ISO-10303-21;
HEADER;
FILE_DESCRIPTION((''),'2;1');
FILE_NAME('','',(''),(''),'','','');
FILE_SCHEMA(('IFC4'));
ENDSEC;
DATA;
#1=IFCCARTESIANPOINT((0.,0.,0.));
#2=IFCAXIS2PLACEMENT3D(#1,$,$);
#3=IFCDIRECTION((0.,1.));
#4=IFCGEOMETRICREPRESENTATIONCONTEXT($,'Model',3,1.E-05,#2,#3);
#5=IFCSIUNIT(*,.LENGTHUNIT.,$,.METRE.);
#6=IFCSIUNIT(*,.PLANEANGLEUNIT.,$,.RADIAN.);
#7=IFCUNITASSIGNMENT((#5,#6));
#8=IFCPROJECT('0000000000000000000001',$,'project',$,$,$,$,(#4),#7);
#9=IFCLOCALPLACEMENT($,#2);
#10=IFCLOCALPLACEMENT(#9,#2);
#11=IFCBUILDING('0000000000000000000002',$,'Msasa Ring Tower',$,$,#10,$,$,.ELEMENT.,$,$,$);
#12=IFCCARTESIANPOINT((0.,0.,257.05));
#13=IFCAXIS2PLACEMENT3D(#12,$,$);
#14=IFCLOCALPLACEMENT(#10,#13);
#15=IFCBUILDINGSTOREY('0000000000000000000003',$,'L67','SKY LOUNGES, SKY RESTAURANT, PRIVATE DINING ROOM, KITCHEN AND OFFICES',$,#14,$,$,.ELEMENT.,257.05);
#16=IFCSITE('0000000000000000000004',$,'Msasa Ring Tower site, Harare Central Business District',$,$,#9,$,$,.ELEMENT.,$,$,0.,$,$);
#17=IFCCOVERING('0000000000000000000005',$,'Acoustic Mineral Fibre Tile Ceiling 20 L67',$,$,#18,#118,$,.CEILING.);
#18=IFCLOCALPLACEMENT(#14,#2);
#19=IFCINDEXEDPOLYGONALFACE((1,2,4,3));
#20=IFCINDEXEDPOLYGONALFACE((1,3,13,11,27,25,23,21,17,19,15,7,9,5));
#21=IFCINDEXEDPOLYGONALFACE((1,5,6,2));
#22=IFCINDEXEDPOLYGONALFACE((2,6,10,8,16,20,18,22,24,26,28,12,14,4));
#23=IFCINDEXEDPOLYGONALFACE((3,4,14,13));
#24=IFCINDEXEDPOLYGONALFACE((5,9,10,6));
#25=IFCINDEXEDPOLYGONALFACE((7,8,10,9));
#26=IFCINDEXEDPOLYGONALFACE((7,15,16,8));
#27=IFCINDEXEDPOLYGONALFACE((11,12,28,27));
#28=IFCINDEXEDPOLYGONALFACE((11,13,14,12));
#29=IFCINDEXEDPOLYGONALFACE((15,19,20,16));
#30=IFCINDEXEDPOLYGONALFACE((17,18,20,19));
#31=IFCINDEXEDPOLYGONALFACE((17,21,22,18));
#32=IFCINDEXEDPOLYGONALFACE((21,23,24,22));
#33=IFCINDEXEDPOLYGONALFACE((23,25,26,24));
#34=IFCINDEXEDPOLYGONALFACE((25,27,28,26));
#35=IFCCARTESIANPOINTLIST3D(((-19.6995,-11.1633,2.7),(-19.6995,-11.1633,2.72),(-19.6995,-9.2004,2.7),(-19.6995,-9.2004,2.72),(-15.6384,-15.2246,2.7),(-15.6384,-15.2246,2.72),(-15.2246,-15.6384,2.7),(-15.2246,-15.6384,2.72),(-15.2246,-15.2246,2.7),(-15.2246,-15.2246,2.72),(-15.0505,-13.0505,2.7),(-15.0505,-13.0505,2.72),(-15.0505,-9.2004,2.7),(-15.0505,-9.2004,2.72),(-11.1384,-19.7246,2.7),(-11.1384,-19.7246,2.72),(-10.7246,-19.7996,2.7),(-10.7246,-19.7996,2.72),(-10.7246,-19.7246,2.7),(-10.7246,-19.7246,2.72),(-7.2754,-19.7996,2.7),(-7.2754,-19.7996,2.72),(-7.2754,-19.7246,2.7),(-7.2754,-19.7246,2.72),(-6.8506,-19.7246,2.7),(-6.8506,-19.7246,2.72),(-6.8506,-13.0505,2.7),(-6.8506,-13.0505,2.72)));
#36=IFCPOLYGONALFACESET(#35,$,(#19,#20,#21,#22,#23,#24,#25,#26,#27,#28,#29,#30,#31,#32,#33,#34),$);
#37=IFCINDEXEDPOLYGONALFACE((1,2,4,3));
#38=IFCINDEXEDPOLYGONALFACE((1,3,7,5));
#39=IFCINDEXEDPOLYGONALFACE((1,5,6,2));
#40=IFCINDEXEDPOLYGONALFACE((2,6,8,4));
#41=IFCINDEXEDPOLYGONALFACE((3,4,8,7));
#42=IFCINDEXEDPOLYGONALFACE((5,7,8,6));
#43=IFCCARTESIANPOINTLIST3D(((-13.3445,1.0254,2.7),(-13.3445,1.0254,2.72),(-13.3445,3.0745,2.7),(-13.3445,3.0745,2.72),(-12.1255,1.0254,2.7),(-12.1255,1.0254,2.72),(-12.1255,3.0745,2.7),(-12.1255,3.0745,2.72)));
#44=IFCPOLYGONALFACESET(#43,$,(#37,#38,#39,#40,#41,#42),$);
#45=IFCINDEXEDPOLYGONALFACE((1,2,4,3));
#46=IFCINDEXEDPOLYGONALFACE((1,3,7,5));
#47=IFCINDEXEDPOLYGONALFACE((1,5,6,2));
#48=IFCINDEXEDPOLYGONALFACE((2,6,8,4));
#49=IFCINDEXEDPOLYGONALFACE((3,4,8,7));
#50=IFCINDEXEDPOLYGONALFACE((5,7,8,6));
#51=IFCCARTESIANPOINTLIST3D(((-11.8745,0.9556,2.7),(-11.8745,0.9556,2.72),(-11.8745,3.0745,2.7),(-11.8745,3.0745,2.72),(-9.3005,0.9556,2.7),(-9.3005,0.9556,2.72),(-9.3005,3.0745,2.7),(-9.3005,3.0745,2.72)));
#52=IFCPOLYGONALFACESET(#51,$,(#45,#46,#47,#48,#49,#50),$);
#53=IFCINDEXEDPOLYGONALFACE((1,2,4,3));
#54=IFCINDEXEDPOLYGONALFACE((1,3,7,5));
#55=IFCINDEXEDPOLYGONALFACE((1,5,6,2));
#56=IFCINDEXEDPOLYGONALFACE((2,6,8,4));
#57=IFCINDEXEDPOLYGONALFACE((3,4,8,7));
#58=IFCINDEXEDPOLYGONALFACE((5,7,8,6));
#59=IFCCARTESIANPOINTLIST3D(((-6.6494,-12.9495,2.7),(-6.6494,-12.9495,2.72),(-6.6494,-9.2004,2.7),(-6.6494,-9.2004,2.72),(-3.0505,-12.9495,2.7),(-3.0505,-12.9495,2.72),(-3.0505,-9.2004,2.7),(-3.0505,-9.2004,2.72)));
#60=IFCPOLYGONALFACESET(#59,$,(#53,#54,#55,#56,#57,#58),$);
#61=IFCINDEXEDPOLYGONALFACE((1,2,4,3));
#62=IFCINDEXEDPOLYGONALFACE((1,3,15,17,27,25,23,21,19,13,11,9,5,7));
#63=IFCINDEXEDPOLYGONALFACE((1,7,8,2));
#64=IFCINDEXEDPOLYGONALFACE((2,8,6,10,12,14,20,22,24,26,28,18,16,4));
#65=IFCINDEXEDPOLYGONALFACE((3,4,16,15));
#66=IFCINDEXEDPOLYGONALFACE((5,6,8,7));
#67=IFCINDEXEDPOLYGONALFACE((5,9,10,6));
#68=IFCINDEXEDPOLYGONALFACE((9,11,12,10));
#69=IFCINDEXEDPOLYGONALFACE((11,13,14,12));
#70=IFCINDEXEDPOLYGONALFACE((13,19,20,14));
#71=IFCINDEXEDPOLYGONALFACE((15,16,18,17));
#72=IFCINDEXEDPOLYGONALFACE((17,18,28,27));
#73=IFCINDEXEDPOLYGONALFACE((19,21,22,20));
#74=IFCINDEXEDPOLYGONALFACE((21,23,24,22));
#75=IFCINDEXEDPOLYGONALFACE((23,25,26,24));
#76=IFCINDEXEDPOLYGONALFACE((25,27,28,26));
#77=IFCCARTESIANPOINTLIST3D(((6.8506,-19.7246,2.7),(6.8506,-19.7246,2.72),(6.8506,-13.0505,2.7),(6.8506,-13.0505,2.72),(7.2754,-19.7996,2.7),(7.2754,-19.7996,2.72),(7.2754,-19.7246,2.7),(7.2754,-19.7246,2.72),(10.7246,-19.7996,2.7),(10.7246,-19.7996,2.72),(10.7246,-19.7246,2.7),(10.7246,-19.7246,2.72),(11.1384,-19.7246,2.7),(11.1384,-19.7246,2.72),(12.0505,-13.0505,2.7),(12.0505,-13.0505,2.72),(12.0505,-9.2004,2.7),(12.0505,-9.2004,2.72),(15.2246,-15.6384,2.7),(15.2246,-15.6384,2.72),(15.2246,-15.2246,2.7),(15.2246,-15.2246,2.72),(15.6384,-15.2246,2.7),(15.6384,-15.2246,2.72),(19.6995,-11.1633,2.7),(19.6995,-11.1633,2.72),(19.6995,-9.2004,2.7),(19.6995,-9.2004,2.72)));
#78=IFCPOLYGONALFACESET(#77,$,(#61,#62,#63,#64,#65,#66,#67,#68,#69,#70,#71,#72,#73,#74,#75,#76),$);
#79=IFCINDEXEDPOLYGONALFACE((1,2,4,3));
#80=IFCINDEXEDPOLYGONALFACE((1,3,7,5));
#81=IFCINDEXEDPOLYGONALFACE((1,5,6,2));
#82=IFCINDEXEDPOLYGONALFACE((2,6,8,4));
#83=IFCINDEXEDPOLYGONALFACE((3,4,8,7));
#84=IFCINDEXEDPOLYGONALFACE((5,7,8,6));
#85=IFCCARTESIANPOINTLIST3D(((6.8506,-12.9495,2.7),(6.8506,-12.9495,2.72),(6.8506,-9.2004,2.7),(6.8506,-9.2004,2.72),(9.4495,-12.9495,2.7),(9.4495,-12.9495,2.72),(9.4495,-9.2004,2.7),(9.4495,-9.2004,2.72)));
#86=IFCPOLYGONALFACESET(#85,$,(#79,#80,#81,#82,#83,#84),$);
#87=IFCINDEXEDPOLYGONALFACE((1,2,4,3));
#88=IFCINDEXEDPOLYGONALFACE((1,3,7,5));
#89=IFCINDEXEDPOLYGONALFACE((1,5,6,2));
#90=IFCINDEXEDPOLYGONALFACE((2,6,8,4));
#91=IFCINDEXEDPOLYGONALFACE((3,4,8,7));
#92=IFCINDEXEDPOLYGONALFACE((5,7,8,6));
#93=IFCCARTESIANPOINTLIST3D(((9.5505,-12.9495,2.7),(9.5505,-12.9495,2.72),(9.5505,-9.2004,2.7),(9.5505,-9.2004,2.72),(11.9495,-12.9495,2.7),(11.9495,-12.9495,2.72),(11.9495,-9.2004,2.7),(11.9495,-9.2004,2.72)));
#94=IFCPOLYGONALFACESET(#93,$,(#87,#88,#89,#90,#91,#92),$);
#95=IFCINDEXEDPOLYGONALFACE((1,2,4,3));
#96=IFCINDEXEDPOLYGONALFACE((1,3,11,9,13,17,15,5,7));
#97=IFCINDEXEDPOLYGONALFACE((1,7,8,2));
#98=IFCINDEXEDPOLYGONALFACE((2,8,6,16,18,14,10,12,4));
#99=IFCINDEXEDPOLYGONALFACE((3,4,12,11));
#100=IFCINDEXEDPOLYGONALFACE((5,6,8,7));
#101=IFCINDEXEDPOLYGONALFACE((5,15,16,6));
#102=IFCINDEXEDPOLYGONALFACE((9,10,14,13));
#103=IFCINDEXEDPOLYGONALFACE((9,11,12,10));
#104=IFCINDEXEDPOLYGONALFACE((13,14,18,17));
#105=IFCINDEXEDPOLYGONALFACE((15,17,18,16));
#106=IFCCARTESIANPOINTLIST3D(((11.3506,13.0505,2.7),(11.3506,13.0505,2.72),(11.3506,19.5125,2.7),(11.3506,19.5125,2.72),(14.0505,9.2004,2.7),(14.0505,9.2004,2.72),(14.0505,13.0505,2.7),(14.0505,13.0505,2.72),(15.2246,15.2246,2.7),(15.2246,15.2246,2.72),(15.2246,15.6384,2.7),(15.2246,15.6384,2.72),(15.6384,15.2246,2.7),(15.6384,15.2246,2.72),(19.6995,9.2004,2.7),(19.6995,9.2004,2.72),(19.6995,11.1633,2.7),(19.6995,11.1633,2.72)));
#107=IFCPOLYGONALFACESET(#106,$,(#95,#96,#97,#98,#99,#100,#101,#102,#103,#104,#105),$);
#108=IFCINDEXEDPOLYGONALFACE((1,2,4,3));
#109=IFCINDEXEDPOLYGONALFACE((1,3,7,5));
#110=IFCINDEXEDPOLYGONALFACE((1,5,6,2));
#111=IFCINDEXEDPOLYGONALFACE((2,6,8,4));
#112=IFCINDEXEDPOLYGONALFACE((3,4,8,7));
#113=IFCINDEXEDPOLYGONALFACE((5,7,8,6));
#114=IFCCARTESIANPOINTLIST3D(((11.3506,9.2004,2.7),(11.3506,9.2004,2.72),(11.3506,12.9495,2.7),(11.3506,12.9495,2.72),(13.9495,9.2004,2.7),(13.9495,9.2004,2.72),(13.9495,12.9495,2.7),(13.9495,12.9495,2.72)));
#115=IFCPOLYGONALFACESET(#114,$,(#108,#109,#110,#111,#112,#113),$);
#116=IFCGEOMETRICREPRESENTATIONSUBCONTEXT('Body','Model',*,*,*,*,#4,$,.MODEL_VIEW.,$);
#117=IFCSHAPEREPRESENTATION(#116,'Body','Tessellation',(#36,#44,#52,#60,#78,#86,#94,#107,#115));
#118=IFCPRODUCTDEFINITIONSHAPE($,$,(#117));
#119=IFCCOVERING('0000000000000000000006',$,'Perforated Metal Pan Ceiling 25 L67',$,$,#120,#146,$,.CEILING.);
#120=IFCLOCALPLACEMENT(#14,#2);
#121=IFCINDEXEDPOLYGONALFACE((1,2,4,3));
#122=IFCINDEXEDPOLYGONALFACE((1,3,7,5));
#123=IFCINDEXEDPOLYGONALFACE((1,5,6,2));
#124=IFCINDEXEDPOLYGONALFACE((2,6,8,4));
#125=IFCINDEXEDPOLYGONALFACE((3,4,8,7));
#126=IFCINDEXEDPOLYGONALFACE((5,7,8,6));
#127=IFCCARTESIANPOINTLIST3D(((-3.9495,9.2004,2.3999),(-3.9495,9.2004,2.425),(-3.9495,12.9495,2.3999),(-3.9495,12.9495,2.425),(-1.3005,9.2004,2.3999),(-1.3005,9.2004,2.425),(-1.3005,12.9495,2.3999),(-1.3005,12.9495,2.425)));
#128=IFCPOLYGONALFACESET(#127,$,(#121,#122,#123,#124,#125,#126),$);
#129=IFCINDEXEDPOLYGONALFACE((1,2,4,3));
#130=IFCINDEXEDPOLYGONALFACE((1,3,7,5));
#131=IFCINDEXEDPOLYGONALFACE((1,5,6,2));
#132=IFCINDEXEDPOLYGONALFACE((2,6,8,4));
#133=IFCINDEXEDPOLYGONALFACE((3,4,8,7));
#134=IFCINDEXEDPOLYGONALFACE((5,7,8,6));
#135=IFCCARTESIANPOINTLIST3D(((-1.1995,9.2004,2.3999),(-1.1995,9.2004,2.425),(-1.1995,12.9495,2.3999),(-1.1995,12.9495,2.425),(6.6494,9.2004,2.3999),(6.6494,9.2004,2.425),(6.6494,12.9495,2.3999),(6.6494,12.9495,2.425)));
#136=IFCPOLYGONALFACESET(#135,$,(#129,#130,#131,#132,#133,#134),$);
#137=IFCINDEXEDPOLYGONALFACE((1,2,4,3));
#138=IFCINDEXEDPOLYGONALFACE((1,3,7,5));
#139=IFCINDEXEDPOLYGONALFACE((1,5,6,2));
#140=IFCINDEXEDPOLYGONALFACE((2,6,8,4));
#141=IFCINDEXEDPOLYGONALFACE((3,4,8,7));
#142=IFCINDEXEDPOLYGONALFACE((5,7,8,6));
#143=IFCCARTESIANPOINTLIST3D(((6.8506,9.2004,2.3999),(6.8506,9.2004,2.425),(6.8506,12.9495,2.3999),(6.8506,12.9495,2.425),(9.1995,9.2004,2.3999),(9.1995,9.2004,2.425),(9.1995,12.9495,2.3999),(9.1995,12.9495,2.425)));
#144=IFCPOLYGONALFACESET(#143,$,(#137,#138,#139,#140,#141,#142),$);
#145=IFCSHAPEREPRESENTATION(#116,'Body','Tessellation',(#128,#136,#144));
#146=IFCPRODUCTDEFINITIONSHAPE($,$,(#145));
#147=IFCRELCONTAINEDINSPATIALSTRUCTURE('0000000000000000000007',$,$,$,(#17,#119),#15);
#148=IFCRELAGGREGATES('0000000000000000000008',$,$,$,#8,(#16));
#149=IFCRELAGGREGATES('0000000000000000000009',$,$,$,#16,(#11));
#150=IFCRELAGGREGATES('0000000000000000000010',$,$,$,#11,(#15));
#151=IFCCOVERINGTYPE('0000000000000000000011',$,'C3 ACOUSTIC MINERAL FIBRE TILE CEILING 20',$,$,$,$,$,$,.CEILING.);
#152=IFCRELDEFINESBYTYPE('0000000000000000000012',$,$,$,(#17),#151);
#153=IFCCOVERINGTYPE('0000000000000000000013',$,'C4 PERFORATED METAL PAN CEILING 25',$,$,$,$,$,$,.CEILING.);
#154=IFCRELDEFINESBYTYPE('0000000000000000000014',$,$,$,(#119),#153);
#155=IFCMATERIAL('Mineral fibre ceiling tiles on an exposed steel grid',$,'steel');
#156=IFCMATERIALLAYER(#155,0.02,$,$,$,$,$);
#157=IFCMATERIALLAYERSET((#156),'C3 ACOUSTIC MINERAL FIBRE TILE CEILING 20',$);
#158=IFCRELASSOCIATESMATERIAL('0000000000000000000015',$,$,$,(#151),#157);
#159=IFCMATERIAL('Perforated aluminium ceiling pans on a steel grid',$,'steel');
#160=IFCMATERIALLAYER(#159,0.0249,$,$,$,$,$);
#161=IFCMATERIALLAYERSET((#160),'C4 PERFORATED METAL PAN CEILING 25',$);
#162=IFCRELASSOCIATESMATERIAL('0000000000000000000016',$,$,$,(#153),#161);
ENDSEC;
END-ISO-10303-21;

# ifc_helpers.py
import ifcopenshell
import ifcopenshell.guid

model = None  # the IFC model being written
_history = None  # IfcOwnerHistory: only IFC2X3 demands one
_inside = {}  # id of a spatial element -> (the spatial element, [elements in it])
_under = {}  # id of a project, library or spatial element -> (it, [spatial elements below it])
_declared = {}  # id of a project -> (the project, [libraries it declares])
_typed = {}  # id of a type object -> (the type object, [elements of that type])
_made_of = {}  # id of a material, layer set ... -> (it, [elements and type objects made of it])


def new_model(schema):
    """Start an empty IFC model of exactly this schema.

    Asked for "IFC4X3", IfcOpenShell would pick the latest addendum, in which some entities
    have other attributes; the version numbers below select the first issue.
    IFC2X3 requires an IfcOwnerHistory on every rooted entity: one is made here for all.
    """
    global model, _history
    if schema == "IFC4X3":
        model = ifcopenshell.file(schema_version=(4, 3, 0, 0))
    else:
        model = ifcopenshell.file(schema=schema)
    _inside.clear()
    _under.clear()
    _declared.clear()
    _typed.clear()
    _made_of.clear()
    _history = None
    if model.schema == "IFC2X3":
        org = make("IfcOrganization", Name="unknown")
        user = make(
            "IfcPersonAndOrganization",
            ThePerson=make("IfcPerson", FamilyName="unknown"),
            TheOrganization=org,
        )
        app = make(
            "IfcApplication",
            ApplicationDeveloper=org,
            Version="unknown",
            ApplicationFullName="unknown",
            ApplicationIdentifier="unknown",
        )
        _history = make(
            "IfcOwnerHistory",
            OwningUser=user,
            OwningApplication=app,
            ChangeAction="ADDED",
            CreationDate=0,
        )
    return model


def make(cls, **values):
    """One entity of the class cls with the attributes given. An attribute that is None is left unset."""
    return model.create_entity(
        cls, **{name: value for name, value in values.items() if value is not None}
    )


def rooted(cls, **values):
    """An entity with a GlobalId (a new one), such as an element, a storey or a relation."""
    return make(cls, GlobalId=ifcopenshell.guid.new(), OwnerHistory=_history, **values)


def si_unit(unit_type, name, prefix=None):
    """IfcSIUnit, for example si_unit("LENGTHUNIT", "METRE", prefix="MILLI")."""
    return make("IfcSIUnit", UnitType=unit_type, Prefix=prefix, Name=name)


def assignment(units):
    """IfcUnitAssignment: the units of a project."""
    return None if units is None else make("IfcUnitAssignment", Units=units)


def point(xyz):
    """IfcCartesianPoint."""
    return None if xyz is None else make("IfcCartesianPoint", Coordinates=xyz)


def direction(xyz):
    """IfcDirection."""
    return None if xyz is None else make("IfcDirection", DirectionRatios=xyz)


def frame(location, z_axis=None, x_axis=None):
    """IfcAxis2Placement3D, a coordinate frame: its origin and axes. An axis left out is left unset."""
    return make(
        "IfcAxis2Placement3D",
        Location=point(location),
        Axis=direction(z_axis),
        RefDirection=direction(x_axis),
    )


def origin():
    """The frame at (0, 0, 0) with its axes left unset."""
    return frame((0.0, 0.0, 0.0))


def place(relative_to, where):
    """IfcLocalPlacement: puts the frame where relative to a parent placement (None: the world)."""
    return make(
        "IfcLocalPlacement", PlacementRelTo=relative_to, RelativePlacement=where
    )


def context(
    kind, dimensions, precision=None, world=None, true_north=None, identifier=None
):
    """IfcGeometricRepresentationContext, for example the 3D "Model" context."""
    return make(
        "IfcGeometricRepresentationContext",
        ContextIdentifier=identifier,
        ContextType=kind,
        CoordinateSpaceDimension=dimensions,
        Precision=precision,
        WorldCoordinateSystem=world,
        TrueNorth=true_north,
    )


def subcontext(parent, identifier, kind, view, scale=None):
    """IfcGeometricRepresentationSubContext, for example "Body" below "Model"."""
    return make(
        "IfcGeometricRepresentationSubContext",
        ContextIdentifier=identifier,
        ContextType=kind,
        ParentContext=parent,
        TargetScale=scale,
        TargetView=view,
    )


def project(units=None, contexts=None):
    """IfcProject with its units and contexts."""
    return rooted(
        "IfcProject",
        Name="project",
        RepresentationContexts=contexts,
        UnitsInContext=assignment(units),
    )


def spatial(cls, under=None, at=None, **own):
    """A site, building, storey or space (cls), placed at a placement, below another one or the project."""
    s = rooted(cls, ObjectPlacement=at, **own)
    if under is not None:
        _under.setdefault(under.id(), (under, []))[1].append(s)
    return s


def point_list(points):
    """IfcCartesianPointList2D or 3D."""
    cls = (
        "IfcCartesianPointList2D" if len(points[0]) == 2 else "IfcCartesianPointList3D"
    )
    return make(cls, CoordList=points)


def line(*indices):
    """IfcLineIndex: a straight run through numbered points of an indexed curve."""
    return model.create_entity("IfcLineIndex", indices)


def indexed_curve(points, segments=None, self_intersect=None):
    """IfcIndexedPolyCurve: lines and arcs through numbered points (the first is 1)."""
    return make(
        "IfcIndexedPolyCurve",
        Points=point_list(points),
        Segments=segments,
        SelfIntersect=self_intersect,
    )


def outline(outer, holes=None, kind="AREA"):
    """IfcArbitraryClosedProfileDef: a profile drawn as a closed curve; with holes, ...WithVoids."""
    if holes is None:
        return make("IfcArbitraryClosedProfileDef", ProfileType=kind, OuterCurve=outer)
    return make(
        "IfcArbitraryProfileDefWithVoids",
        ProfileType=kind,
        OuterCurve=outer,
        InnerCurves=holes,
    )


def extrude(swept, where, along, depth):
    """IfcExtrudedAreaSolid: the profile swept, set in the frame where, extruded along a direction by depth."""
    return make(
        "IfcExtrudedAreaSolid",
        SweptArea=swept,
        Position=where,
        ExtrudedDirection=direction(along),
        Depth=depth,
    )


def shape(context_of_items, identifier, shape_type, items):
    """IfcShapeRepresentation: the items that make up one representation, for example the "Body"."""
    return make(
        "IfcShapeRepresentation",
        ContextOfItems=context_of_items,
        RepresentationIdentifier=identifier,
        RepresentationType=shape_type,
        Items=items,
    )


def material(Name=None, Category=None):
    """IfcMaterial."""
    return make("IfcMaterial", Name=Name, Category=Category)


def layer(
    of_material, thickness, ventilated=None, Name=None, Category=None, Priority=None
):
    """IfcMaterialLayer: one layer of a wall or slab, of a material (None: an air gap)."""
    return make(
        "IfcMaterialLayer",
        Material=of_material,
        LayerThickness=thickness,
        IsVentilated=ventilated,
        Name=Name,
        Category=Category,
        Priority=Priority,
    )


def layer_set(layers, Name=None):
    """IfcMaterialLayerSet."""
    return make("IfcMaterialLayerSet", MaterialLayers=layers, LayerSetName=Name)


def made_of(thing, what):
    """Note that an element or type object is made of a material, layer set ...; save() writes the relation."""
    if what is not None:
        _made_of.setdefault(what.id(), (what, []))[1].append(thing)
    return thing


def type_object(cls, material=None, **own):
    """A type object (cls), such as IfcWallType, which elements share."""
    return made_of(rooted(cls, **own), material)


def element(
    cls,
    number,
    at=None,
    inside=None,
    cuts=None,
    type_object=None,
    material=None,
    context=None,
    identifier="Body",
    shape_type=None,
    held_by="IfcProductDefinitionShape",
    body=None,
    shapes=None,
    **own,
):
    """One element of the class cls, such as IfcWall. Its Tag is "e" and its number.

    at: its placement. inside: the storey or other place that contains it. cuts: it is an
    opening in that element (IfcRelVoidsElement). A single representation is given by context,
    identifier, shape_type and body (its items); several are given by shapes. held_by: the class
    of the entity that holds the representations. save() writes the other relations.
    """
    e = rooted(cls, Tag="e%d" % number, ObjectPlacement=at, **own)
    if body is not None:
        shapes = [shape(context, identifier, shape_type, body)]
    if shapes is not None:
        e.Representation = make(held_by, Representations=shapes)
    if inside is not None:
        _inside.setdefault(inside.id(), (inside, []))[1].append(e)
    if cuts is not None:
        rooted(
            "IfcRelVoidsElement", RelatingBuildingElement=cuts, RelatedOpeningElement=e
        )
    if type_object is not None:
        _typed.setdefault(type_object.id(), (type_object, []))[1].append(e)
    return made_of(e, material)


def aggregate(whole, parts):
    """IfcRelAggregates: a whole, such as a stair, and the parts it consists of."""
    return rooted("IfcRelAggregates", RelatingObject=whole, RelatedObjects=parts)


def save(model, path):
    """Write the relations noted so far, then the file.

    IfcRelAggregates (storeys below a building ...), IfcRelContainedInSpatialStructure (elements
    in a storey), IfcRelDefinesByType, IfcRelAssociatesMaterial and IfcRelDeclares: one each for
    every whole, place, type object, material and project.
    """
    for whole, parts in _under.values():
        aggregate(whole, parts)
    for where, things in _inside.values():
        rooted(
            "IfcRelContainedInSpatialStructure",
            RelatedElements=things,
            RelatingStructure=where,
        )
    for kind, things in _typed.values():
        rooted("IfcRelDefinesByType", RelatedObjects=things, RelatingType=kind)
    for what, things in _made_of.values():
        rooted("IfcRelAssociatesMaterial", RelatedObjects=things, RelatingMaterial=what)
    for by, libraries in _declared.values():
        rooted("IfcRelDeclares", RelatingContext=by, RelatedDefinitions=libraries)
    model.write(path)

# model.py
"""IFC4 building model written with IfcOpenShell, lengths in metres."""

from ifc_helpers import new_model, si_unit, direction, frame, origin, place, context, subcontext, project, spatial, line, indexed_curve, outline, extrude, material, layer, layer_set, type_object, element, save


model = new_model("IFC4")

# Units and contexts
model_context = context("Model", 3, precision=1e-05, world=origin(), true_north=direction((0.0, 1.0)))
body_context = subcontext(model_context, "Body", "Model", "MODEL_VIEW")
ifc_project = project(units=[si_unit("LENGTHUNIT", "METRE"), si_unit("PLANEANGLEUNIT", "RADIAN")], contexts=[model_context])

# Site, building, storey
site_placement = place(None, origin())
site = spatial("IfcSite", under=ifc_project, at=site_placement, Name="Msasa Ring Tower site, Harare Central Business District", CompositionType="ELEMENT", RefElevation=0.0)
building_placement = place(site_placement, origin())
building = spatial("IfcBuilding", under=site, at=building_placement, Name="Msasa Ring Tower", CompositionType="ELEMENT")
storey_placement = place(building_placement, frame((0.0, 0.0, 257.05)))
storey = spatial("IfcBuildingStorey", under=building, at=storey_placement, Name="L67", Description="SKY LOUNGES, SKY RESTAURANT, PRIVATE DINING ROOM, KITCHEN AND OFFICES", CompositionType="ELEMENT", Elevation=257.05)

# Coverings
ifc_material_1 = material(Name="Mineral fibre ceiling tiles on an exposed steel grid", Category="steel")
ifc_layer_1 = layer(ifc_material_1, 0.02)
ifc_layer_set_1 = layer_set([ifc_layer_1], Name="C3 ACOUSTIC MINERAL FIBRE TILE CEILING 20")
covering_type_1 = type_object("IfcCoveringType", Name="C3 ACOUSTIC MINERAL FIBRE TILE CEILING 20", PredefinedType="CEILING", material=ifc_layer_set_1)
covering_1_placement = place(storey_placement, frame((0.0, 0.0, 2.7)))
element("IfcCovering", 1, at=covering_1_placement, inside=storey, type_object=covering_type_1, Name="Acoustic Mineral Fibre Tile Ceiling 20 L67", PredefinedType="CEILING", context=body_context, shape_type="SweptSolid", body=[
    extrude(outline(indexed_curve([(-10.7246, -19.7996), (-10.7246, -19.7246), (-11.1384, -19.7246), (-15.2246, -15.6384), (-15.2246, -15.2246), (-15.6384, -15.2246), (-19.6995, -11.1633), (-19.6995, -9.2004), (-15.0505, -9.2004), (-15.0505, -13.0505), (-6.8506, -13.0505), (-6.8506, -19.7246), (-7.2754, -19.7246), (-7.2754, -19.7996)], segments=[line(1, 2, 3, 4, 5, 6, 7, 8, 9, 10, 11, 12, 13, 14, 1)], self_intersect=False)), origin(), (0.0, 0.0, 1.0), 0.02),
    extrude(outline(indexed_curve([(-13.3445, 3.0745), (-12.1255, 3.0745), (-12.1255, 1.0254), (-13.3445, 1.0254)], segments=[line(1, 2, 3, 4, 1)], self_intersect=False)), origin(), (0.0, 0.0, 1.0), 0.02),
    extrude(outline(indexed_curve([(-11.8745, 0.9556), (-11.8745, 3.0745), (-9.3005, 3.0745), (-9.3005, 0.9556)], segments=[line(1, 2, 3, 4, 1)], self_intersect=False)), origin(), (0.0, 0.0, 1.0), 0.02),
    extrude(outline(indexed_curve([(-6.6494, -12.9495), (-6.6494, -9.2004), (-3.0505, -9.2004), (-3.0505, -12.9495)], segments=[line(1, 2, 3, 4, 1)], self_intersect=False)), origin(), (0.0, 0.0, 1.0), 0.02),
    extrude(outline(indexed_curve([(12.0505, -13.0505), (12.0505, -9.2004), (19.6995, -9.2004), (19.6995, -11.1633), (15.6384, -15.2246), (15.2246, -15.2246), (15.2246, -15.6384), (11.1384, -19.7246), (10.7246, -19.7246), (10.7246, -19.7996), (7.2754, -19.7996), (7.2754, -19.7246), (6.8506, -19.7246), (6.8506, -13.0505)], segments=[line(1, 2, 3, 4, 5, 6, 7, 8, 9, 10, 11, 12, 13, 14, 1)], self_intersect=False)), origin(), (0.0, 0.0, 1.0), 0.02),
    extrude(outline(indexed_curve([(6.8506, -12.9495), (6.8506, -9.2004), (9.4495, -9.2004), (9.4495, -12.9495)], segments=[line(1, 2, 3, 4, 1)], self_intersect=False)), origin(), (0.0, 0.0, 1.0), 0.02),
    extrude(outline(indexed_curve([(9.5505, -12.9495), (9.5505, -9.2004), (11.9495, -9.2004), (11.9495, -12.9495)], segments=[line(1, 2, 3, 4, 1)], self_intersect=False)), origin(), (0.0, 0.0, 1.0), 0.02),
    extrude(outline(indexed_curve([(15.2246, 15.6384), (15.2246, 15.2246), (15.6384, 15.2246), (19.6995, 11.1633), (19.6995, 9.2004), (14.0505, 9.2004), (14.0505, 13.0505), (11.3506, 13.0505), (11.3506, 19.5125)], segments=[line(1, 2, 3, 4, 5, 6, 7, 8, 9, 1)], self_intersect=False)), origin(), (0.0, 0.0, 1.0), 0.02),
    extrude(outline(indexed_curve([(11.3506, 12.9495), (13.9495, 12.9495), (13.9495, 9.2004), (11.3506, 9.2004)], segments=[line(1, 2, 3, 4, 1)], self_intersect=False)), origin(), (0.0, 0.0, 1.0), 0.02),
])
ifc_material_2 = material(Name="Perforated aluminium ceiling pans on a steel grid", Category="steel")
ifc_layer_2 = layer(ifc_material_2, 0.0249)
ifc_layer_set_2 = layer_set([ifc_layer_2], Name="C4 PERFORATED METAL PAN CEILING 25")
covering_type_2 = type_object("IfcCoveringType", Name="C4 PERFORATED METAL PAN CEILING 25", PredefinedType="CEILING", material=ifc_layer_set_2)
covering_2_placement = place(storey_placement, frame((0.0, 0.0, 2.3999)))
element("IfcCovering", 2, at=covering_2_placement, inside=storey, type_object=covering_type_2, Name="Perforated Metal Pan Ceiling 25 L67", PredefinedType="CEILING", context=body_context, shape_type="SweptSolid", body=[
    extrude(outline(indexed_curve([(-1.3005, 12.9495), (-1.3005, 9.2004), (-3.9495, 9.2004), (-3.9495, 12.9495)], segments=[line(1, 2, 3, 4, 1)], self_intersect=False)), origin(), (0.0, 0.0, 1.0), 0.0251),
    extrude(outline(indexed_curve([(-1.1995, 9.2004), (-1.1995, 12.9495), (6.6494, 12.9495), (6.6494, 9.2004)], segments=[line(1, 2, 3, 4, 1)], self_intersect=False)), origin(), (0.0, 0.0, 1.0), 0.0251),
    extrude(outline(indexed_curve([(9.1995, 9.2004), (6.8506, 9.2004), (6.8506, 12.9495), (9.1995, 12.9495)], segments=[line(1, 2, 3, 4, 1)], self_intersect=False)), origin(), (0.0, 0.0, 1.0), 0.0251),
])

save(model, "model.ifc")
